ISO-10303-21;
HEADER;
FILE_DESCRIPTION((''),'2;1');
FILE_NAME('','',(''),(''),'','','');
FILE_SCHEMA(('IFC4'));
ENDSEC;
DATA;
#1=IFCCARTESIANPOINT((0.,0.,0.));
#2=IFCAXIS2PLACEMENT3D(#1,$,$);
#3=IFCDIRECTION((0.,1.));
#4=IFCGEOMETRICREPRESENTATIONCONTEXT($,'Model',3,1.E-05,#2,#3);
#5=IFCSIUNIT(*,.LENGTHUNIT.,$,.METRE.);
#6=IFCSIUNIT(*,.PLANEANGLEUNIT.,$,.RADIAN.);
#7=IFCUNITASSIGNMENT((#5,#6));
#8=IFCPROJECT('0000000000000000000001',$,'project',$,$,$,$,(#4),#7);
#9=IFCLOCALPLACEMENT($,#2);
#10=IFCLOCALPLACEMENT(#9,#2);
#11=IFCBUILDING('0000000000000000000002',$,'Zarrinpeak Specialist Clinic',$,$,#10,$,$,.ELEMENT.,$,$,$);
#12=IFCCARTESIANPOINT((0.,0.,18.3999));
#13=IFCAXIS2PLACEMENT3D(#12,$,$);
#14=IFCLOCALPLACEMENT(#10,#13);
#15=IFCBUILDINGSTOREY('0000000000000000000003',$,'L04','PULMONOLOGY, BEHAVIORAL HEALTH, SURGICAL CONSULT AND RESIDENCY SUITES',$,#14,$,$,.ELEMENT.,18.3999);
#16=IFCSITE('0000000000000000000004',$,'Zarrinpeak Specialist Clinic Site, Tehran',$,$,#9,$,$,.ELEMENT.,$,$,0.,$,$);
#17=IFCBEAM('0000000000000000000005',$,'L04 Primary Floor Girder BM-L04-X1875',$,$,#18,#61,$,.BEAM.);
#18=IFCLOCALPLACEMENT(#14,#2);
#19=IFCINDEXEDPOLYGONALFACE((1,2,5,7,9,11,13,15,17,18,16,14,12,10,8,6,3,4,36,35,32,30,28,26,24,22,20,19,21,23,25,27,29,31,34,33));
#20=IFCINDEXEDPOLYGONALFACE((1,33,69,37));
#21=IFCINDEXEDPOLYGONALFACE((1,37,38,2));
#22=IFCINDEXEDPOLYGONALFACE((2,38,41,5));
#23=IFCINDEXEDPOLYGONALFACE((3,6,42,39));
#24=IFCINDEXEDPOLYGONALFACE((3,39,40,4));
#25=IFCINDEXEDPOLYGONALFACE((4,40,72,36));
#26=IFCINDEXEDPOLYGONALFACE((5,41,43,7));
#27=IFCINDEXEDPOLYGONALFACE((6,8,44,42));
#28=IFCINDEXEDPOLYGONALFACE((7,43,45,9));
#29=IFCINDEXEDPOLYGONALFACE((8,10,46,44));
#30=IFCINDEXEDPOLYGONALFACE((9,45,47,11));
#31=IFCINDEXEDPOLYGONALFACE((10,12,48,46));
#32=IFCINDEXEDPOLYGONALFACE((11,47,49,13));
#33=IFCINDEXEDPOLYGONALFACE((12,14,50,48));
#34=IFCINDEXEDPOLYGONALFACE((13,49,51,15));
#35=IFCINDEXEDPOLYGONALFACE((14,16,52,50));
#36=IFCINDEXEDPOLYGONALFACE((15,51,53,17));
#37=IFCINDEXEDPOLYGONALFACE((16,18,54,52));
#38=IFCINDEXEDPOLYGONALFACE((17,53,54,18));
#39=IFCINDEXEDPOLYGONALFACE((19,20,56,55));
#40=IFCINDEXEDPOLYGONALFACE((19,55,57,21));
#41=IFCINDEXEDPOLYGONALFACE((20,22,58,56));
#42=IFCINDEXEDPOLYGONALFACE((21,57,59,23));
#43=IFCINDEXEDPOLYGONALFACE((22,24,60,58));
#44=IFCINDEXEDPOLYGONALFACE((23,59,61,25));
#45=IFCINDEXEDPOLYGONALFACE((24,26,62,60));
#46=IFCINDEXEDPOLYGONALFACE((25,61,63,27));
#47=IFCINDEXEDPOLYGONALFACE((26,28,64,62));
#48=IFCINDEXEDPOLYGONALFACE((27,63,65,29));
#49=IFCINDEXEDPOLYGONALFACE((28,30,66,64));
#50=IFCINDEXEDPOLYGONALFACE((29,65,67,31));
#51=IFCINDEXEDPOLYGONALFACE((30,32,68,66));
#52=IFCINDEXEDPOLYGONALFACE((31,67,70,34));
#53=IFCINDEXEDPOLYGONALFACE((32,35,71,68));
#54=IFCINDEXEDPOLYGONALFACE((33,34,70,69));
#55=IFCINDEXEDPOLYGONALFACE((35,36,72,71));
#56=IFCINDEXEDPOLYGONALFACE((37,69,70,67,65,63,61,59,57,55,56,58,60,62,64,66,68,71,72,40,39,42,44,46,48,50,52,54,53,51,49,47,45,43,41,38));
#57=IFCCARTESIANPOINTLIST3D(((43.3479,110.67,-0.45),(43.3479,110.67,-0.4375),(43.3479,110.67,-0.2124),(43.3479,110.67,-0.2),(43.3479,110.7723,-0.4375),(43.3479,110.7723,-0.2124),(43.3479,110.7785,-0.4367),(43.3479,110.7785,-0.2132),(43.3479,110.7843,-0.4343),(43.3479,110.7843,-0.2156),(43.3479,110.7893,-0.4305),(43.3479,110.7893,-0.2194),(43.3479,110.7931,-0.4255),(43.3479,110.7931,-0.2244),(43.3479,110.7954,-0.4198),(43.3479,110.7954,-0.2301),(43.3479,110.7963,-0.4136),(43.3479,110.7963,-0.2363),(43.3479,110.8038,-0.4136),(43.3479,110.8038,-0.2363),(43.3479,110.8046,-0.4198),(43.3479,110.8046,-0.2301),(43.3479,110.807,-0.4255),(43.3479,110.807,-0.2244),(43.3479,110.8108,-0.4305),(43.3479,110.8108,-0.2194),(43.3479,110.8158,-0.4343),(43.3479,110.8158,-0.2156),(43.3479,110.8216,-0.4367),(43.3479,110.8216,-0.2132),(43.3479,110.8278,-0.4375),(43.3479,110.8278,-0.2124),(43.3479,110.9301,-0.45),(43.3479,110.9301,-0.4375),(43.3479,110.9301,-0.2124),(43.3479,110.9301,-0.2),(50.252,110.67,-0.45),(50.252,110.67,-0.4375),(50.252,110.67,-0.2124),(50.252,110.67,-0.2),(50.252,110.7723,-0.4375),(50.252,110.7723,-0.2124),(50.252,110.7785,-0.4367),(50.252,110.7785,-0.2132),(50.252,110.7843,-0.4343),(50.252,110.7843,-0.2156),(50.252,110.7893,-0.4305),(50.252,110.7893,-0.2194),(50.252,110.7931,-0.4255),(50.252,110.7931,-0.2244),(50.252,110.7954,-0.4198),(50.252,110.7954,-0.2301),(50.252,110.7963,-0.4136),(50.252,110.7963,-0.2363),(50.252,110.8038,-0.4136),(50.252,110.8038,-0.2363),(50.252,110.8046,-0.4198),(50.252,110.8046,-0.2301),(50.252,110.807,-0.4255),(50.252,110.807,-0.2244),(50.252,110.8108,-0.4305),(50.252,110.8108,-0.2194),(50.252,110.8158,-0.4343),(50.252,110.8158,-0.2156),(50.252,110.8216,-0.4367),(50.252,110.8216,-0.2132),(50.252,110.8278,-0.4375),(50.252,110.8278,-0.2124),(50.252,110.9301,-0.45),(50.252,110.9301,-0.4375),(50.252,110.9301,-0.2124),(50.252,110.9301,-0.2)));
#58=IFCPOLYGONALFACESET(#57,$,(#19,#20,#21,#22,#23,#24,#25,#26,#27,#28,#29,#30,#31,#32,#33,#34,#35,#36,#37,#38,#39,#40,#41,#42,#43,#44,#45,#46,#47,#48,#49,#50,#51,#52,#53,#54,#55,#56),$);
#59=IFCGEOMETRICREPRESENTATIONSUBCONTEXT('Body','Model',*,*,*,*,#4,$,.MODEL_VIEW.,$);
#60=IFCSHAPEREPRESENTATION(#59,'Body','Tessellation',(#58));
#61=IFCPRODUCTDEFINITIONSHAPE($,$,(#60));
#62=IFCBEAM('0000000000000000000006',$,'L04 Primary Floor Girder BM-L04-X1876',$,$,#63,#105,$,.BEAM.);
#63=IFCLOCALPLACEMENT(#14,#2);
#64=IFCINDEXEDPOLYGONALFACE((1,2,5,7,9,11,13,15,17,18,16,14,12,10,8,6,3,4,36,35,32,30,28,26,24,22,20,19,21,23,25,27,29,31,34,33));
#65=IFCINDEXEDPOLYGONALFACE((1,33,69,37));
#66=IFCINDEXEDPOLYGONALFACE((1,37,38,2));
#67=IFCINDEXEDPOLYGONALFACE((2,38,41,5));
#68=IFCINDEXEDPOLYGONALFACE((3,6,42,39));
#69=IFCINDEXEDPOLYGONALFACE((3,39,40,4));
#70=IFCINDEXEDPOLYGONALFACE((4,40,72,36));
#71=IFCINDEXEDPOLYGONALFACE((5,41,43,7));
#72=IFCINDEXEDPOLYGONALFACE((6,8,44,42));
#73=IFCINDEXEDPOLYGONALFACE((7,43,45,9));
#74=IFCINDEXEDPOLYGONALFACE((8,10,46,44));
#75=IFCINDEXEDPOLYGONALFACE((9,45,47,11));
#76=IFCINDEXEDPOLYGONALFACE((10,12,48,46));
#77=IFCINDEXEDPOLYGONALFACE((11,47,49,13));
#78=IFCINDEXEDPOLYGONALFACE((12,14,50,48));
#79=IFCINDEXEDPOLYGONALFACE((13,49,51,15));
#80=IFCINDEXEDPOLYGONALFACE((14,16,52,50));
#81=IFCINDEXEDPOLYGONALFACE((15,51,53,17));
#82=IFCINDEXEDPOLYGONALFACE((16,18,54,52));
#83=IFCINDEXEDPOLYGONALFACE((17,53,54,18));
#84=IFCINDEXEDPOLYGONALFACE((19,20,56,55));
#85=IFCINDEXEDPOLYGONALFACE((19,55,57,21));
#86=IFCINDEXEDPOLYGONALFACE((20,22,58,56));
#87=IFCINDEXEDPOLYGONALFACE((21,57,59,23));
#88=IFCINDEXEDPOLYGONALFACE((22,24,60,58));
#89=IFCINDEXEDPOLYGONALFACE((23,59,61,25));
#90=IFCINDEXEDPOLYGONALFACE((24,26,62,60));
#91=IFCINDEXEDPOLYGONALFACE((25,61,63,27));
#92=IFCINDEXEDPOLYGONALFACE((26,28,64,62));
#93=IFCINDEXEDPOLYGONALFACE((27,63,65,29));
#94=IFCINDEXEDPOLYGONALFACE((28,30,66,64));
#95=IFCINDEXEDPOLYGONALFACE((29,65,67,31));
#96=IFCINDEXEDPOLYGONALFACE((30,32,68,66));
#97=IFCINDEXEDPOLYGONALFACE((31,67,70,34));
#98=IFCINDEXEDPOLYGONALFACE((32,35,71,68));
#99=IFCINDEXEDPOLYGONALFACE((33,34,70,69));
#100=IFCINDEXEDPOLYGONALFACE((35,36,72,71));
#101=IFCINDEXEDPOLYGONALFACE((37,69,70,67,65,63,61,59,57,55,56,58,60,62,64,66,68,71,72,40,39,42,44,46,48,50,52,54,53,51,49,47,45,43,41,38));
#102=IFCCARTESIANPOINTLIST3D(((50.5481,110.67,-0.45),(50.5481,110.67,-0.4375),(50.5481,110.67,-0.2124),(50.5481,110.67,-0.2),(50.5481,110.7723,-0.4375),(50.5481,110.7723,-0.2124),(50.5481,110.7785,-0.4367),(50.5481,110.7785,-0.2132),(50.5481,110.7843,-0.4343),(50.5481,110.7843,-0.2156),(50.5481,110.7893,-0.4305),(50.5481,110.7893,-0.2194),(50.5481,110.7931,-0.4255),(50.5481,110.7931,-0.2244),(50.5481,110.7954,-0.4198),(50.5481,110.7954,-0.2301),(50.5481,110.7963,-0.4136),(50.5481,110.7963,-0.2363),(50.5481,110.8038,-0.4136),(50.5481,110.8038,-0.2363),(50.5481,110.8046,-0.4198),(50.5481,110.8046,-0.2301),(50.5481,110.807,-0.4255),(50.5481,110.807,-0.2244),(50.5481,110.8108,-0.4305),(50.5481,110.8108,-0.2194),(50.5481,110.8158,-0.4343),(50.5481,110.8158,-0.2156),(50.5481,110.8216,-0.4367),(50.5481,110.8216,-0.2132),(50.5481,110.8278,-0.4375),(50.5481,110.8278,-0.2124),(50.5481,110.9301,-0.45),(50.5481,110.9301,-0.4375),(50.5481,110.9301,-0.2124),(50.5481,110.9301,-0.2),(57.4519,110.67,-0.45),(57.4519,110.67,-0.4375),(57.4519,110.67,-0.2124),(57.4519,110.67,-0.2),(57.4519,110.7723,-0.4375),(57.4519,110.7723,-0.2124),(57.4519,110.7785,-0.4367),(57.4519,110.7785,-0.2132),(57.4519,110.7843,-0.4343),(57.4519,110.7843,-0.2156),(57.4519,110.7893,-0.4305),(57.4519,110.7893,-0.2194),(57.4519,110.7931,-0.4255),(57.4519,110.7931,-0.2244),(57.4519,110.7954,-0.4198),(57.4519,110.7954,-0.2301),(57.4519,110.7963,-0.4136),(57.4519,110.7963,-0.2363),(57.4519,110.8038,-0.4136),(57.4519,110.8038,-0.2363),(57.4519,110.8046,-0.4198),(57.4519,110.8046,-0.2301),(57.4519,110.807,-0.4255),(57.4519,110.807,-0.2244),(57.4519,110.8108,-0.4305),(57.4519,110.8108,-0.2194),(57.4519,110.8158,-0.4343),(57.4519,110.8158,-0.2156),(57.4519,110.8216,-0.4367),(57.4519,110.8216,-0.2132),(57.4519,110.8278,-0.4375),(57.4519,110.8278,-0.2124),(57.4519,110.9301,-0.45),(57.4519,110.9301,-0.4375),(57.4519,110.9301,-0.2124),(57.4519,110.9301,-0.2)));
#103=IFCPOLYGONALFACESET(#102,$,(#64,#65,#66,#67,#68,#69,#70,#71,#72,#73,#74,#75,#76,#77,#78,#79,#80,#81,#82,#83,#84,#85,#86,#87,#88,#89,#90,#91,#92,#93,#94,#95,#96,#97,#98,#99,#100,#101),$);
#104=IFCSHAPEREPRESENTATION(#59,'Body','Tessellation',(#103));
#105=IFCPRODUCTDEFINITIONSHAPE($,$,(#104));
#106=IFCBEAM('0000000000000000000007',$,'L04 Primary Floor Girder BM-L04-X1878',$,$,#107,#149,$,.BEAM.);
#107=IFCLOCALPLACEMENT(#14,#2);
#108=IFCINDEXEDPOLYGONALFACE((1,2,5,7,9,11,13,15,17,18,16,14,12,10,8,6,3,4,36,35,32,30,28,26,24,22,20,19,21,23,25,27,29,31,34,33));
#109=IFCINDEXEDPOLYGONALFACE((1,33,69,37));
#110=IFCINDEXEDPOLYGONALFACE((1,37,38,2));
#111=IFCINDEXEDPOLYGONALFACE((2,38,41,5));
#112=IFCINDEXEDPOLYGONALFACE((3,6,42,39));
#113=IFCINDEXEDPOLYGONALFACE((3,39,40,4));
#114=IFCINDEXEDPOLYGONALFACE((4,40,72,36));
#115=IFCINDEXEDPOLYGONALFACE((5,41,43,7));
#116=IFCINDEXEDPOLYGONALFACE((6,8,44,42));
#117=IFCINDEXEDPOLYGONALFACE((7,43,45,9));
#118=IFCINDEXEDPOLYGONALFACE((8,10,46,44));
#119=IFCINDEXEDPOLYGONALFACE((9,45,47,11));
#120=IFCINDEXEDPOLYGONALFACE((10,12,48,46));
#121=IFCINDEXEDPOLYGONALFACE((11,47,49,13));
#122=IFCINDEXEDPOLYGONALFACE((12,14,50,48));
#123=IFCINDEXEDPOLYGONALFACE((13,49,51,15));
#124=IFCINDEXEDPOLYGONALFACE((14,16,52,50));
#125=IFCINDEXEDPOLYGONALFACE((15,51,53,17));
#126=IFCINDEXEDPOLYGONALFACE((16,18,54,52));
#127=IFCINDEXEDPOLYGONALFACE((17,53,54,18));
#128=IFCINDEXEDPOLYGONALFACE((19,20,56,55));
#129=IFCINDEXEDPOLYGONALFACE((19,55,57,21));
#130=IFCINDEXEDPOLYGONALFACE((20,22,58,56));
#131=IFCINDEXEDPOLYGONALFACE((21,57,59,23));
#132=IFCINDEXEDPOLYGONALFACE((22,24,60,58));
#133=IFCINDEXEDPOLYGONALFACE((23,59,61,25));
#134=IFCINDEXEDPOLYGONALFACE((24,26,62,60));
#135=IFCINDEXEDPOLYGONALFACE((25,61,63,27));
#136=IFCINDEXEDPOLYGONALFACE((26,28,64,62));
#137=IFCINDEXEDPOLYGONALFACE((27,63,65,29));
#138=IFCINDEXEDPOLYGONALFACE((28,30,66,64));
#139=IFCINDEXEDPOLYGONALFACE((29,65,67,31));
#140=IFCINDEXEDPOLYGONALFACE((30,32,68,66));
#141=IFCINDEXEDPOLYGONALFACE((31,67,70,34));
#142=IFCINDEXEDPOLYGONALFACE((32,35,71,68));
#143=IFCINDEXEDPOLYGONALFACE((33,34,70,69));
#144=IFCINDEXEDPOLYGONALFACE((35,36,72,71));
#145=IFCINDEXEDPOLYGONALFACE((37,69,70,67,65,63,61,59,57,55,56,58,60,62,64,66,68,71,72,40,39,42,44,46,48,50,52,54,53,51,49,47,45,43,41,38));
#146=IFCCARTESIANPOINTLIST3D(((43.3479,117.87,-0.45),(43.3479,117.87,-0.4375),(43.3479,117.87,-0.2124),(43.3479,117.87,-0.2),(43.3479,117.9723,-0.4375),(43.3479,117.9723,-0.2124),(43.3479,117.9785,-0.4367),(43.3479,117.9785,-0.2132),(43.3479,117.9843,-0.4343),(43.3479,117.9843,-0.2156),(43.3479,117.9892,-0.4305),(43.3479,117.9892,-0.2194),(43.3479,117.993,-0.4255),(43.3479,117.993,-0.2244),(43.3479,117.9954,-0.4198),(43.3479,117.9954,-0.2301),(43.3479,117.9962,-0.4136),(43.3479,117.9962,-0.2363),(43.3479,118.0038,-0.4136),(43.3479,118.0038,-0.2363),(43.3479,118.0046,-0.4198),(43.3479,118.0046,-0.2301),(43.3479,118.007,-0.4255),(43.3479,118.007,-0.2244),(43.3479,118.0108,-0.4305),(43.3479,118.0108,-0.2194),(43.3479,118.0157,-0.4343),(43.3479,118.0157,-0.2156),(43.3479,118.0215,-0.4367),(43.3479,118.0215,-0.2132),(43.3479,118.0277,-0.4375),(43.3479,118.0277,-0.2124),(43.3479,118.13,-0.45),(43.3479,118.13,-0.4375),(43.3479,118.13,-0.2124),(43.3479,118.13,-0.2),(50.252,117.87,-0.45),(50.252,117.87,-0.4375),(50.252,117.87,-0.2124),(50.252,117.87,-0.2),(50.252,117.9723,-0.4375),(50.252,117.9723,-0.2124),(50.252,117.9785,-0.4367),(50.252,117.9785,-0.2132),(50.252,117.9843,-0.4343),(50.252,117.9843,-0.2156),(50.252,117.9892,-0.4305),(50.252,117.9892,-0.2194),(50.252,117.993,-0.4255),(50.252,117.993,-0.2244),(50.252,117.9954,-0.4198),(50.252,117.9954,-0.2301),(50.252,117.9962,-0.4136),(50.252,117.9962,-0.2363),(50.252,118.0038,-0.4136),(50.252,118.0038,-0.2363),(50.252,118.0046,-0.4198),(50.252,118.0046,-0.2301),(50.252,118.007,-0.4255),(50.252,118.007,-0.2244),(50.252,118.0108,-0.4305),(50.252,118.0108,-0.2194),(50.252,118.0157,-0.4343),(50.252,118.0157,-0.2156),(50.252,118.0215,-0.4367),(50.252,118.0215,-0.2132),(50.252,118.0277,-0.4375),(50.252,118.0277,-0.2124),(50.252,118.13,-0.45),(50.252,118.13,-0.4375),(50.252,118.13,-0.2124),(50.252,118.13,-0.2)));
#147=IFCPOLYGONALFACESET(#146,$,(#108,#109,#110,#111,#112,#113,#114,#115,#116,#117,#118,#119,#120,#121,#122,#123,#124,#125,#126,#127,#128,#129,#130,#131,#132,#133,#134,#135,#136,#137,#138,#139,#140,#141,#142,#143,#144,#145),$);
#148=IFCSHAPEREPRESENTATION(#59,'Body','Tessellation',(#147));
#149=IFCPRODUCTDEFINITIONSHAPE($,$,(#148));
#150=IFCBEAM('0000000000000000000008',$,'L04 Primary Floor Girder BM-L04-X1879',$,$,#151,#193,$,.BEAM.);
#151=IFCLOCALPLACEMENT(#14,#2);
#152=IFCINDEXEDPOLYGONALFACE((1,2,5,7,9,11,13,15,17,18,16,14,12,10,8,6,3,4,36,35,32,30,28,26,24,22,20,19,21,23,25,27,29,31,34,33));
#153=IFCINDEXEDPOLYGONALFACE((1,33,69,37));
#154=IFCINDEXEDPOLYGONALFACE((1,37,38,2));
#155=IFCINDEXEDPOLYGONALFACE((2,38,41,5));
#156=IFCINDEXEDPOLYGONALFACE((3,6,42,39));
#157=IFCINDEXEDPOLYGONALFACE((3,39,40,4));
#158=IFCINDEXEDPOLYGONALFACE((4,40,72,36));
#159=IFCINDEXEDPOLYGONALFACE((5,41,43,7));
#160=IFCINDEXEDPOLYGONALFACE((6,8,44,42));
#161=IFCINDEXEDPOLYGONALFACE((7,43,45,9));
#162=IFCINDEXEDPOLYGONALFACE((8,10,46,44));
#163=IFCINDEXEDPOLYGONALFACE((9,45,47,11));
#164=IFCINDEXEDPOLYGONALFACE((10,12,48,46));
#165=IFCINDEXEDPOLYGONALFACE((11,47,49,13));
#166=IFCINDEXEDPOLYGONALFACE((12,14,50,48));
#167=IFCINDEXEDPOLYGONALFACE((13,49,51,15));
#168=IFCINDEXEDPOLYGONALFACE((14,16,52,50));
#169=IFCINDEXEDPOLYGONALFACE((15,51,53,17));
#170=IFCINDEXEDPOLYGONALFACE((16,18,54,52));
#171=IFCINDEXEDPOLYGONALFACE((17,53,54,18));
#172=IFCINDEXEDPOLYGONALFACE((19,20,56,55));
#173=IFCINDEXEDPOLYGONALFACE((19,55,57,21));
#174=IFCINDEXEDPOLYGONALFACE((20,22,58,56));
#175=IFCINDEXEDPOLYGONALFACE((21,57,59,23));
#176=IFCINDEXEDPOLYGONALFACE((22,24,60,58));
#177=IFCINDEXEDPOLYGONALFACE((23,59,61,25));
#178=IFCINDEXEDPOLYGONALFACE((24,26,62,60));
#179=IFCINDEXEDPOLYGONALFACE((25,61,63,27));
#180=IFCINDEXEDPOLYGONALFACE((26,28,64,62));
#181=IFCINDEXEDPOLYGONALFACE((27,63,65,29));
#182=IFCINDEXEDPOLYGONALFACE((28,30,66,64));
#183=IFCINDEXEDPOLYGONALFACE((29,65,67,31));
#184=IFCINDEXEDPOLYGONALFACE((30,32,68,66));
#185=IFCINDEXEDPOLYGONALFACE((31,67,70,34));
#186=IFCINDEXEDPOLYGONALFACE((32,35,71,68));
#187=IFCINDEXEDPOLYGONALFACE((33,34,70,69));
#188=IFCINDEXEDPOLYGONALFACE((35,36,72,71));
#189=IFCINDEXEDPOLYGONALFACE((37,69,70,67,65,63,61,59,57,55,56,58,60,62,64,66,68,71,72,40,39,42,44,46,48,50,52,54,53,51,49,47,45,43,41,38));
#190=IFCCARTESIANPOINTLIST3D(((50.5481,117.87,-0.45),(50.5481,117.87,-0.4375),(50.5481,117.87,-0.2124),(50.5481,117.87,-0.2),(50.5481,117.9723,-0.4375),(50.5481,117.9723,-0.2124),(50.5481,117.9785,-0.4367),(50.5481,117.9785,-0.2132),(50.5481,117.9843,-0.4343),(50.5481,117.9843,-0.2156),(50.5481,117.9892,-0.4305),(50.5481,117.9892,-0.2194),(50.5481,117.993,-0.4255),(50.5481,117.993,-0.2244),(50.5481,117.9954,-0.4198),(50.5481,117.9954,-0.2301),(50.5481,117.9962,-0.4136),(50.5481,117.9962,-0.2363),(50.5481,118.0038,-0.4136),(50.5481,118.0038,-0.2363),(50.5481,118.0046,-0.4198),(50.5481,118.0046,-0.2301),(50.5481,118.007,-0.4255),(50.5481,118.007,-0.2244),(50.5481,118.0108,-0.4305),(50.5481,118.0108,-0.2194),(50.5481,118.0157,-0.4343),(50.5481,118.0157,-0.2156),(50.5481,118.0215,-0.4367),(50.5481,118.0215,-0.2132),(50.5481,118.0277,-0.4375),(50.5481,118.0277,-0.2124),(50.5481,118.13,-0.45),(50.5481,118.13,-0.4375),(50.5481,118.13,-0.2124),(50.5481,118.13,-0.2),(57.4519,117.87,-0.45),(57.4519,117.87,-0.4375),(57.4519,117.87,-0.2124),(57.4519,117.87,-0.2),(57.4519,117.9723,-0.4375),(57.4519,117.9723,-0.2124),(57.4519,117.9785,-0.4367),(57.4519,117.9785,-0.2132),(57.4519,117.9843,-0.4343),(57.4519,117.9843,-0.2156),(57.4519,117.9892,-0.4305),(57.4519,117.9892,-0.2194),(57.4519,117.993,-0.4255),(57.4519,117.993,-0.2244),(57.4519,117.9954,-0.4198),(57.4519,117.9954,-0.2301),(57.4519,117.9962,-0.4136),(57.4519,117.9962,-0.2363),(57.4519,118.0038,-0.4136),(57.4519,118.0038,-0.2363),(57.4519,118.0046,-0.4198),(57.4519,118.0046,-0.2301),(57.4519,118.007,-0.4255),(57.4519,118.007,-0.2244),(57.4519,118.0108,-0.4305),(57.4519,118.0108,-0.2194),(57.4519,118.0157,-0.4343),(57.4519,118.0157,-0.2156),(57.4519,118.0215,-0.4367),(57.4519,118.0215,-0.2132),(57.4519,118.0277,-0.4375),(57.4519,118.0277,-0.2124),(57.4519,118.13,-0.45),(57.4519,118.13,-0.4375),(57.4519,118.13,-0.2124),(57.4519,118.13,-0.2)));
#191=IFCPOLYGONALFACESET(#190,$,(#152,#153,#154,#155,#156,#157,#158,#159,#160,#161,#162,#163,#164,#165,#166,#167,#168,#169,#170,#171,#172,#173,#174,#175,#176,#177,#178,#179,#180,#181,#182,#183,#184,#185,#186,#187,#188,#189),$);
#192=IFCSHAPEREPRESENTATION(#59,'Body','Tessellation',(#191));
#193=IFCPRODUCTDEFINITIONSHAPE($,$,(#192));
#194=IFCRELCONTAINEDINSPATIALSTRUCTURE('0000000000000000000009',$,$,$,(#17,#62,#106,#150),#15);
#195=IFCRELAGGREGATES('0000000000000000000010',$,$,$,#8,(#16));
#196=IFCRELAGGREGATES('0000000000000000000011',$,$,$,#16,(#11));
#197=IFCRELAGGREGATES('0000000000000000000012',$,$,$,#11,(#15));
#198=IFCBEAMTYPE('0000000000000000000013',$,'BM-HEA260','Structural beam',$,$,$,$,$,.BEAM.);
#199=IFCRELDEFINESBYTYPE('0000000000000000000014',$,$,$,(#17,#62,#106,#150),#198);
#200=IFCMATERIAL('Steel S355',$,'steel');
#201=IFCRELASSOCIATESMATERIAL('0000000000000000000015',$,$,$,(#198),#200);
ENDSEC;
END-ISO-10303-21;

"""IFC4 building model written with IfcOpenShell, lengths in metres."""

from ifc_helpers import new_model, si_unit, direction, frame, origin, origin_2d, place, context, subcontext, project, spatial, i_section, extrude, material, material_profile, profile_set, type_object, element, save


model = new_model("IFC4")

# Units and contexts
model_context = context("Model", 3, precision=1e-05, world=origin(), true_north=direction((0.0, 1.0)))
body_context = subcontext(model_context, "Body", "Model", "MODEL_VIEW")
ifc_project = project(units=[si_unit("LENGTHUNIT", "METRE"), si_unit("PLANEANGLEUNIT", "RADIAN")], contexts=[model_context])

# Site, building, storey
site_placement = place(None, origin())
site = spatial("IfcSite", under=ifc_project, at=site_placement, Name="Zarrinpeak Specialist Clinic Site, Tehran", CompositionType="ELEMENT", RefElevation=0.0)
building_placement = place(site_placement, origin())
building = spatial("IfcBuilding", under=site, at=building_placement, Name="Zarrinpeak Specialist Clinic", CompositionType="ELEMENT")
storey_placement = place(building_placement, frame((0.0, 0.0, 18.3999)))
storey = spatial("IfcBuildingStorey", under=building, at=storey_placement, Name="L04", Description="PULMONOLOGY, BEHAVIORAL HEALTH, SURGICAL CONSULT AND RESIDENCY SUITES", CompositionType="ELEMENT", Elevation=18.3999)

# Shared definitions
ifc_material_1 = material(Name="Steel S355", Category="steel")

# Beams
ifc_material_profile_1 = material_profile(ifc_material_1, i_section(OverallWidth=0.26, OverallDepth=0.25, WebThickness=0.0076, FlangeThickness=0.0125, FilletRadius=0.0239, at=origin_2d()), Name="HEA 260")
ifc_profile_set_1 = profile_set([ifc_material_profile_1], Name="Steel S355")
beam_type_1 = type_object("IfcBeamType", Name="BM-HEA260", Description="Structural beam", PredefinedType="BEAM", material=ifc_profile_set_1)
beam_1_placement = place(storey_placement, frame((43.3479, 110.8, -0.325), z_axis=(1.0, 0.0, 0.0), x_axis=(0.0, 1.0, 0.0)))
element("IfcBeam", 1, at=beam_1_placement, inside=storey, type_object=beam_type_1, Name="L04 Primary Floor Girder BM-L04-X1875", PredefinedType="BEAM", context=body_context, shape_type="SweptSolid", body=[
    extrude(i_section(OverallWidth=0.26, OverallDepth=0.25, WebThickness=0.0076, FlangeThickness=0.0125, FilletRadius=0.0239, at=origin_2d()), origin(), (0.0, 0.0, 1.0), 6.9041),
])
beam_2_placement = place(storey_placement, frame((50.5481, 110.8, -0.325), z_axis=(1.0, 0.0, 0.0), x_axis=(0.0, 1.0, 0.0)))
element("IfcBeam", 2, at=beam_2_placement, inside=storey, type_object=beam_type_1, Name="L04 Primary Floor Girder BM-L04-X1876", PredefinedType="BEAM", context=body_context, shape_type="SweptSolid", body=[
    extrude(i_section(OverallWidth=0.26, OverallDepth=0.25, WebThickness=0.0076, FlangeThickness=0.0125, FilletRadius=0.0239, at=origin_2d()), origin(), (0.0, 0.0, 1.0), 6.9038),
])
beam_3_placement = place(storey_placement, frame((43.3479, 118.0, -0.325), z_axis=(1.0, 0.0, 0.0), x_axis=(0.0, 1.0, 0.0)))
element("IfcBeam", 3, at=beam_3_placement, inside=storey, type_object=beam_type_1, Name="L04 Primary Floor Girder BM-L04-X1878", PredefinedType="BEAM", context=body_context, shape_type="SweptSolid", body=[
    extrude(i_section(OverallWidth=0.26, OverallDepth=0.25, WebThickness=0.0076, FlangeThickness=0.0125, FilletRadius=0.0239, at=origin_2d()), origin(), (0.0, 0.0, 1.0), 6.9041),
])
beam_4_placement = place(storey_placement, frame((50.5481, 118.0, -0.325), z_axis=(1.0, 0.0, 0.0), x_axis=(0.0, 1.0, 0.0)))
element("IfcBeam", 4, at=beam_4_placement, inside=storey, type_object=beam_type_1, Name="L04 Primary Floor Girder BM-L04-X1879", PredefinedType="BEAM", context=body_context, shape_type="SweptSolid", body=[
    extrude(i_section(OverallWidth=0.26, OverallDepth=0.25, WebThickness=0.0076, FlangeThickness=0.0125, FilletRadius=0.0239, at=origin_2d()), origin(), (0.0, 0.0, 1.0), 6.9038),
])

save(model, "model.ifc")
